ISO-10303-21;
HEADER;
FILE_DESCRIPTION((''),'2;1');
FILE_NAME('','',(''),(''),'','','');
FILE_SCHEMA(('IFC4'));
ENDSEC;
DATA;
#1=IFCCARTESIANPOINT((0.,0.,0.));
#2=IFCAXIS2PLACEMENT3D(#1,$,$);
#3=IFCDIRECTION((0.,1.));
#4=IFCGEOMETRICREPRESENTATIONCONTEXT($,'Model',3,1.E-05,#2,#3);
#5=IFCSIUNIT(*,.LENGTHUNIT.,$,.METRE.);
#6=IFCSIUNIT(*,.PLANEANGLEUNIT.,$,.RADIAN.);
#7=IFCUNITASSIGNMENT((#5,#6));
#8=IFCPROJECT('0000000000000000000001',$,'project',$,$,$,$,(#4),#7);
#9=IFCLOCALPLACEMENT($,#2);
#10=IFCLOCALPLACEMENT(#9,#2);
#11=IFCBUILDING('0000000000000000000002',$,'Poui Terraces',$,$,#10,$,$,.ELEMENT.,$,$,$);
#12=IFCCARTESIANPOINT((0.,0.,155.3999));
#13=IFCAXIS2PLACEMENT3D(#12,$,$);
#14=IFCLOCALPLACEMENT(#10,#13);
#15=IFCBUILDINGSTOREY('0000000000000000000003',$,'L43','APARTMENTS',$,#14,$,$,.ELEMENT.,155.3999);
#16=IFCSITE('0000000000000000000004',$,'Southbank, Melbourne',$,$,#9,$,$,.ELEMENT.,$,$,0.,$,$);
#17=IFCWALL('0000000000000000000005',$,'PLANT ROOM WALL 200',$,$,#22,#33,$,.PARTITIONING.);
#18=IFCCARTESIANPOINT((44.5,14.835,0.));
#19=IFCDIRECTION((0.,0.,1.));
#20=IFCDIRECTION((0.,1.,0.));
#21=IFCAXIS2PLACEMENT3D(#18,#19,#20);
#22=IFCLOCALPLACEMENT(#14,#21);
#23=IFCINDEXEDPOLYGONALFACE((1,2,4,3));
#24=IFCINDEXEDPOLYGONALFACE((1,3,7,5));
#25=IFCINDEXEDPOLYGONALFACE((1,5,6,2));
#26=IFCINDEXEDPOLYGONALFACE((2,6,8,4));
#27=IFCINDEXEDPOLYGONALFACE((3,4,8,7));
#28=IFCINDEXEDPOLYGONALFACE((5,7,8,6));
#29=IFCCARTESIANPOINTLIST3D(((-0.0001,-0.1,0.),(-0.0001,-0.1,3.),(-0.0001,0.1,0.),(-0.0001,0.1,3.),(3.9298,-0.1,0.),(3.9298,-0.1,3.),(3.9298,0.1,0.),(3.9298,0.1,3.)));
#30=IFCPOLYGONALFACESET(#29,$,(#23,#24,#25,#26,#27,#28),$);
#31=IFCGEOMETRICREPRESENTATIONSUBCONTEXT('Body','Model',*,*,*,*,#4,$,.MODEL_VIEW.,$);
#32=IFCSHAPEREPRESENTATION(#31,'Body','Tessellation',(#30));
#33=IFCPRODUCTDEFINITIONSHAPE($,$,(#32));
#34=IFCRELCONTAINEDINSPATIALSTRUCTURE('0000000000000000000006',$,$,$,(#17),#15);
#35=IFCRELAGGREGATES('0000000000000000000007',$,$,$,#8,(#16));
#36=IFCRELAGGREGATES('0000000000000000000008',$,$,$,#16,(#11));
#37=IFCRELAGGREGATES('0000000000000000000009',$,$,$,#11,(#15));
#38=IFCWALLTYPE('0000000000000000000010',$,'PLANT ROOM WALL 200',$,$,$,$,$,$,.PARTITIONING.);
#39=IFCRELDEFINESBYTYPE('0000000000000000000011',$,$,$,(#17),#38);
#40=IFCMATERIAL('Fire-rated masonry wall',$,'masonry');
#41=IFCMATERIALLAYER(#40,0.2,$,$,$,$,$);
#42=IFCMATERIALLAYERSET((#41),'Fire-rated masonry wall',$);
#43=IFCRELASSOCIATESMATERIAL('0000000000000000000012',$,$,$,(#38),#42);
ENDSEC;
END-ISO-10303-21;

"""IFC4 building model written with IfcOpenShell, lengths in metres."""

from ifc_helpers import new_model, si_unit, direction, frame, frame_2d, origin, place, context, subcontext, project, spatial, rectangle, extrude, material, layer, layer_set, type_object, element, save


model = new_model("IFC4")

# Units and contexts
model_context = context("Model", 3, precision=1e-05, world=origin(), true_north=direction((0.0, 1.0)))
body_context = subcontext(model_context, "Body", "Model", "MODEL_VIEW")
ifc_project = project(units=[si_unit("LENGTHUNIT", "METRE"), si_unit("PLANEANGLEUNIT", "RADIAN")], contexts=[model_context])

# Site, building, storey
site_placement = place(None, origin())
site = spatial("IfcSite", under=ifc_project, at=site_placement, Name="Southbank, Melbourne", CompositionType="ELEMENT", RefElevation=0.0)
building_placement = place(site_placement, origin())
building = spatial("IfcBuilding", under=site, at=building_placement, Name="Poui Terraces", CompositionType="ELEMENT")
storey_placement = place(building_placement, frame((0.0, 0.0, 155.3999)))
storey = spatial("IfcBuildingStorey", under=building, at=storey_placement, Name="L43", Description="APARTMENTS", CompositionType="ELEMENT", Elevation=155.3999)

# Wall
ifc_material_1 = material(Name="Fire-rated masonry wall", Category="masonry")
ifc_layer_1 = layer(ifc_material_1, 0.2)
ifc_layer_set_1 = layer_set([ifc_layer_1], Name="Fire-rated masonry wall")
wall_type_1 = type_object("IfcWallType", Name="PLANT ROOM WALL 200", PredefinedType="PARTITIONING", material=ifc_layer_set_1)
wall_1_placement = place(storey_placement, frame((44.5, 14.835, 0.0), z_axis=(0.0, 0.0, 1.0), x_axis=(0.0, 1.0, 0.0)))
element("IfcWall", 1, at=wall_1_placement, inside=storey, type_object=wall_type_1, Name="PLANT ROOM WALL 200", PredefinedType="PARTITIONING", context=body_context, shape_type="SweptSolid", body=[
    extrude(rectangle(XDim=3.9299, YDim=0.2, at=frame_2d((1.9648, 0.0))), origin(), (0.0, 0.0, 1.0), 3.0),
])

save(model, "model.ifc")
